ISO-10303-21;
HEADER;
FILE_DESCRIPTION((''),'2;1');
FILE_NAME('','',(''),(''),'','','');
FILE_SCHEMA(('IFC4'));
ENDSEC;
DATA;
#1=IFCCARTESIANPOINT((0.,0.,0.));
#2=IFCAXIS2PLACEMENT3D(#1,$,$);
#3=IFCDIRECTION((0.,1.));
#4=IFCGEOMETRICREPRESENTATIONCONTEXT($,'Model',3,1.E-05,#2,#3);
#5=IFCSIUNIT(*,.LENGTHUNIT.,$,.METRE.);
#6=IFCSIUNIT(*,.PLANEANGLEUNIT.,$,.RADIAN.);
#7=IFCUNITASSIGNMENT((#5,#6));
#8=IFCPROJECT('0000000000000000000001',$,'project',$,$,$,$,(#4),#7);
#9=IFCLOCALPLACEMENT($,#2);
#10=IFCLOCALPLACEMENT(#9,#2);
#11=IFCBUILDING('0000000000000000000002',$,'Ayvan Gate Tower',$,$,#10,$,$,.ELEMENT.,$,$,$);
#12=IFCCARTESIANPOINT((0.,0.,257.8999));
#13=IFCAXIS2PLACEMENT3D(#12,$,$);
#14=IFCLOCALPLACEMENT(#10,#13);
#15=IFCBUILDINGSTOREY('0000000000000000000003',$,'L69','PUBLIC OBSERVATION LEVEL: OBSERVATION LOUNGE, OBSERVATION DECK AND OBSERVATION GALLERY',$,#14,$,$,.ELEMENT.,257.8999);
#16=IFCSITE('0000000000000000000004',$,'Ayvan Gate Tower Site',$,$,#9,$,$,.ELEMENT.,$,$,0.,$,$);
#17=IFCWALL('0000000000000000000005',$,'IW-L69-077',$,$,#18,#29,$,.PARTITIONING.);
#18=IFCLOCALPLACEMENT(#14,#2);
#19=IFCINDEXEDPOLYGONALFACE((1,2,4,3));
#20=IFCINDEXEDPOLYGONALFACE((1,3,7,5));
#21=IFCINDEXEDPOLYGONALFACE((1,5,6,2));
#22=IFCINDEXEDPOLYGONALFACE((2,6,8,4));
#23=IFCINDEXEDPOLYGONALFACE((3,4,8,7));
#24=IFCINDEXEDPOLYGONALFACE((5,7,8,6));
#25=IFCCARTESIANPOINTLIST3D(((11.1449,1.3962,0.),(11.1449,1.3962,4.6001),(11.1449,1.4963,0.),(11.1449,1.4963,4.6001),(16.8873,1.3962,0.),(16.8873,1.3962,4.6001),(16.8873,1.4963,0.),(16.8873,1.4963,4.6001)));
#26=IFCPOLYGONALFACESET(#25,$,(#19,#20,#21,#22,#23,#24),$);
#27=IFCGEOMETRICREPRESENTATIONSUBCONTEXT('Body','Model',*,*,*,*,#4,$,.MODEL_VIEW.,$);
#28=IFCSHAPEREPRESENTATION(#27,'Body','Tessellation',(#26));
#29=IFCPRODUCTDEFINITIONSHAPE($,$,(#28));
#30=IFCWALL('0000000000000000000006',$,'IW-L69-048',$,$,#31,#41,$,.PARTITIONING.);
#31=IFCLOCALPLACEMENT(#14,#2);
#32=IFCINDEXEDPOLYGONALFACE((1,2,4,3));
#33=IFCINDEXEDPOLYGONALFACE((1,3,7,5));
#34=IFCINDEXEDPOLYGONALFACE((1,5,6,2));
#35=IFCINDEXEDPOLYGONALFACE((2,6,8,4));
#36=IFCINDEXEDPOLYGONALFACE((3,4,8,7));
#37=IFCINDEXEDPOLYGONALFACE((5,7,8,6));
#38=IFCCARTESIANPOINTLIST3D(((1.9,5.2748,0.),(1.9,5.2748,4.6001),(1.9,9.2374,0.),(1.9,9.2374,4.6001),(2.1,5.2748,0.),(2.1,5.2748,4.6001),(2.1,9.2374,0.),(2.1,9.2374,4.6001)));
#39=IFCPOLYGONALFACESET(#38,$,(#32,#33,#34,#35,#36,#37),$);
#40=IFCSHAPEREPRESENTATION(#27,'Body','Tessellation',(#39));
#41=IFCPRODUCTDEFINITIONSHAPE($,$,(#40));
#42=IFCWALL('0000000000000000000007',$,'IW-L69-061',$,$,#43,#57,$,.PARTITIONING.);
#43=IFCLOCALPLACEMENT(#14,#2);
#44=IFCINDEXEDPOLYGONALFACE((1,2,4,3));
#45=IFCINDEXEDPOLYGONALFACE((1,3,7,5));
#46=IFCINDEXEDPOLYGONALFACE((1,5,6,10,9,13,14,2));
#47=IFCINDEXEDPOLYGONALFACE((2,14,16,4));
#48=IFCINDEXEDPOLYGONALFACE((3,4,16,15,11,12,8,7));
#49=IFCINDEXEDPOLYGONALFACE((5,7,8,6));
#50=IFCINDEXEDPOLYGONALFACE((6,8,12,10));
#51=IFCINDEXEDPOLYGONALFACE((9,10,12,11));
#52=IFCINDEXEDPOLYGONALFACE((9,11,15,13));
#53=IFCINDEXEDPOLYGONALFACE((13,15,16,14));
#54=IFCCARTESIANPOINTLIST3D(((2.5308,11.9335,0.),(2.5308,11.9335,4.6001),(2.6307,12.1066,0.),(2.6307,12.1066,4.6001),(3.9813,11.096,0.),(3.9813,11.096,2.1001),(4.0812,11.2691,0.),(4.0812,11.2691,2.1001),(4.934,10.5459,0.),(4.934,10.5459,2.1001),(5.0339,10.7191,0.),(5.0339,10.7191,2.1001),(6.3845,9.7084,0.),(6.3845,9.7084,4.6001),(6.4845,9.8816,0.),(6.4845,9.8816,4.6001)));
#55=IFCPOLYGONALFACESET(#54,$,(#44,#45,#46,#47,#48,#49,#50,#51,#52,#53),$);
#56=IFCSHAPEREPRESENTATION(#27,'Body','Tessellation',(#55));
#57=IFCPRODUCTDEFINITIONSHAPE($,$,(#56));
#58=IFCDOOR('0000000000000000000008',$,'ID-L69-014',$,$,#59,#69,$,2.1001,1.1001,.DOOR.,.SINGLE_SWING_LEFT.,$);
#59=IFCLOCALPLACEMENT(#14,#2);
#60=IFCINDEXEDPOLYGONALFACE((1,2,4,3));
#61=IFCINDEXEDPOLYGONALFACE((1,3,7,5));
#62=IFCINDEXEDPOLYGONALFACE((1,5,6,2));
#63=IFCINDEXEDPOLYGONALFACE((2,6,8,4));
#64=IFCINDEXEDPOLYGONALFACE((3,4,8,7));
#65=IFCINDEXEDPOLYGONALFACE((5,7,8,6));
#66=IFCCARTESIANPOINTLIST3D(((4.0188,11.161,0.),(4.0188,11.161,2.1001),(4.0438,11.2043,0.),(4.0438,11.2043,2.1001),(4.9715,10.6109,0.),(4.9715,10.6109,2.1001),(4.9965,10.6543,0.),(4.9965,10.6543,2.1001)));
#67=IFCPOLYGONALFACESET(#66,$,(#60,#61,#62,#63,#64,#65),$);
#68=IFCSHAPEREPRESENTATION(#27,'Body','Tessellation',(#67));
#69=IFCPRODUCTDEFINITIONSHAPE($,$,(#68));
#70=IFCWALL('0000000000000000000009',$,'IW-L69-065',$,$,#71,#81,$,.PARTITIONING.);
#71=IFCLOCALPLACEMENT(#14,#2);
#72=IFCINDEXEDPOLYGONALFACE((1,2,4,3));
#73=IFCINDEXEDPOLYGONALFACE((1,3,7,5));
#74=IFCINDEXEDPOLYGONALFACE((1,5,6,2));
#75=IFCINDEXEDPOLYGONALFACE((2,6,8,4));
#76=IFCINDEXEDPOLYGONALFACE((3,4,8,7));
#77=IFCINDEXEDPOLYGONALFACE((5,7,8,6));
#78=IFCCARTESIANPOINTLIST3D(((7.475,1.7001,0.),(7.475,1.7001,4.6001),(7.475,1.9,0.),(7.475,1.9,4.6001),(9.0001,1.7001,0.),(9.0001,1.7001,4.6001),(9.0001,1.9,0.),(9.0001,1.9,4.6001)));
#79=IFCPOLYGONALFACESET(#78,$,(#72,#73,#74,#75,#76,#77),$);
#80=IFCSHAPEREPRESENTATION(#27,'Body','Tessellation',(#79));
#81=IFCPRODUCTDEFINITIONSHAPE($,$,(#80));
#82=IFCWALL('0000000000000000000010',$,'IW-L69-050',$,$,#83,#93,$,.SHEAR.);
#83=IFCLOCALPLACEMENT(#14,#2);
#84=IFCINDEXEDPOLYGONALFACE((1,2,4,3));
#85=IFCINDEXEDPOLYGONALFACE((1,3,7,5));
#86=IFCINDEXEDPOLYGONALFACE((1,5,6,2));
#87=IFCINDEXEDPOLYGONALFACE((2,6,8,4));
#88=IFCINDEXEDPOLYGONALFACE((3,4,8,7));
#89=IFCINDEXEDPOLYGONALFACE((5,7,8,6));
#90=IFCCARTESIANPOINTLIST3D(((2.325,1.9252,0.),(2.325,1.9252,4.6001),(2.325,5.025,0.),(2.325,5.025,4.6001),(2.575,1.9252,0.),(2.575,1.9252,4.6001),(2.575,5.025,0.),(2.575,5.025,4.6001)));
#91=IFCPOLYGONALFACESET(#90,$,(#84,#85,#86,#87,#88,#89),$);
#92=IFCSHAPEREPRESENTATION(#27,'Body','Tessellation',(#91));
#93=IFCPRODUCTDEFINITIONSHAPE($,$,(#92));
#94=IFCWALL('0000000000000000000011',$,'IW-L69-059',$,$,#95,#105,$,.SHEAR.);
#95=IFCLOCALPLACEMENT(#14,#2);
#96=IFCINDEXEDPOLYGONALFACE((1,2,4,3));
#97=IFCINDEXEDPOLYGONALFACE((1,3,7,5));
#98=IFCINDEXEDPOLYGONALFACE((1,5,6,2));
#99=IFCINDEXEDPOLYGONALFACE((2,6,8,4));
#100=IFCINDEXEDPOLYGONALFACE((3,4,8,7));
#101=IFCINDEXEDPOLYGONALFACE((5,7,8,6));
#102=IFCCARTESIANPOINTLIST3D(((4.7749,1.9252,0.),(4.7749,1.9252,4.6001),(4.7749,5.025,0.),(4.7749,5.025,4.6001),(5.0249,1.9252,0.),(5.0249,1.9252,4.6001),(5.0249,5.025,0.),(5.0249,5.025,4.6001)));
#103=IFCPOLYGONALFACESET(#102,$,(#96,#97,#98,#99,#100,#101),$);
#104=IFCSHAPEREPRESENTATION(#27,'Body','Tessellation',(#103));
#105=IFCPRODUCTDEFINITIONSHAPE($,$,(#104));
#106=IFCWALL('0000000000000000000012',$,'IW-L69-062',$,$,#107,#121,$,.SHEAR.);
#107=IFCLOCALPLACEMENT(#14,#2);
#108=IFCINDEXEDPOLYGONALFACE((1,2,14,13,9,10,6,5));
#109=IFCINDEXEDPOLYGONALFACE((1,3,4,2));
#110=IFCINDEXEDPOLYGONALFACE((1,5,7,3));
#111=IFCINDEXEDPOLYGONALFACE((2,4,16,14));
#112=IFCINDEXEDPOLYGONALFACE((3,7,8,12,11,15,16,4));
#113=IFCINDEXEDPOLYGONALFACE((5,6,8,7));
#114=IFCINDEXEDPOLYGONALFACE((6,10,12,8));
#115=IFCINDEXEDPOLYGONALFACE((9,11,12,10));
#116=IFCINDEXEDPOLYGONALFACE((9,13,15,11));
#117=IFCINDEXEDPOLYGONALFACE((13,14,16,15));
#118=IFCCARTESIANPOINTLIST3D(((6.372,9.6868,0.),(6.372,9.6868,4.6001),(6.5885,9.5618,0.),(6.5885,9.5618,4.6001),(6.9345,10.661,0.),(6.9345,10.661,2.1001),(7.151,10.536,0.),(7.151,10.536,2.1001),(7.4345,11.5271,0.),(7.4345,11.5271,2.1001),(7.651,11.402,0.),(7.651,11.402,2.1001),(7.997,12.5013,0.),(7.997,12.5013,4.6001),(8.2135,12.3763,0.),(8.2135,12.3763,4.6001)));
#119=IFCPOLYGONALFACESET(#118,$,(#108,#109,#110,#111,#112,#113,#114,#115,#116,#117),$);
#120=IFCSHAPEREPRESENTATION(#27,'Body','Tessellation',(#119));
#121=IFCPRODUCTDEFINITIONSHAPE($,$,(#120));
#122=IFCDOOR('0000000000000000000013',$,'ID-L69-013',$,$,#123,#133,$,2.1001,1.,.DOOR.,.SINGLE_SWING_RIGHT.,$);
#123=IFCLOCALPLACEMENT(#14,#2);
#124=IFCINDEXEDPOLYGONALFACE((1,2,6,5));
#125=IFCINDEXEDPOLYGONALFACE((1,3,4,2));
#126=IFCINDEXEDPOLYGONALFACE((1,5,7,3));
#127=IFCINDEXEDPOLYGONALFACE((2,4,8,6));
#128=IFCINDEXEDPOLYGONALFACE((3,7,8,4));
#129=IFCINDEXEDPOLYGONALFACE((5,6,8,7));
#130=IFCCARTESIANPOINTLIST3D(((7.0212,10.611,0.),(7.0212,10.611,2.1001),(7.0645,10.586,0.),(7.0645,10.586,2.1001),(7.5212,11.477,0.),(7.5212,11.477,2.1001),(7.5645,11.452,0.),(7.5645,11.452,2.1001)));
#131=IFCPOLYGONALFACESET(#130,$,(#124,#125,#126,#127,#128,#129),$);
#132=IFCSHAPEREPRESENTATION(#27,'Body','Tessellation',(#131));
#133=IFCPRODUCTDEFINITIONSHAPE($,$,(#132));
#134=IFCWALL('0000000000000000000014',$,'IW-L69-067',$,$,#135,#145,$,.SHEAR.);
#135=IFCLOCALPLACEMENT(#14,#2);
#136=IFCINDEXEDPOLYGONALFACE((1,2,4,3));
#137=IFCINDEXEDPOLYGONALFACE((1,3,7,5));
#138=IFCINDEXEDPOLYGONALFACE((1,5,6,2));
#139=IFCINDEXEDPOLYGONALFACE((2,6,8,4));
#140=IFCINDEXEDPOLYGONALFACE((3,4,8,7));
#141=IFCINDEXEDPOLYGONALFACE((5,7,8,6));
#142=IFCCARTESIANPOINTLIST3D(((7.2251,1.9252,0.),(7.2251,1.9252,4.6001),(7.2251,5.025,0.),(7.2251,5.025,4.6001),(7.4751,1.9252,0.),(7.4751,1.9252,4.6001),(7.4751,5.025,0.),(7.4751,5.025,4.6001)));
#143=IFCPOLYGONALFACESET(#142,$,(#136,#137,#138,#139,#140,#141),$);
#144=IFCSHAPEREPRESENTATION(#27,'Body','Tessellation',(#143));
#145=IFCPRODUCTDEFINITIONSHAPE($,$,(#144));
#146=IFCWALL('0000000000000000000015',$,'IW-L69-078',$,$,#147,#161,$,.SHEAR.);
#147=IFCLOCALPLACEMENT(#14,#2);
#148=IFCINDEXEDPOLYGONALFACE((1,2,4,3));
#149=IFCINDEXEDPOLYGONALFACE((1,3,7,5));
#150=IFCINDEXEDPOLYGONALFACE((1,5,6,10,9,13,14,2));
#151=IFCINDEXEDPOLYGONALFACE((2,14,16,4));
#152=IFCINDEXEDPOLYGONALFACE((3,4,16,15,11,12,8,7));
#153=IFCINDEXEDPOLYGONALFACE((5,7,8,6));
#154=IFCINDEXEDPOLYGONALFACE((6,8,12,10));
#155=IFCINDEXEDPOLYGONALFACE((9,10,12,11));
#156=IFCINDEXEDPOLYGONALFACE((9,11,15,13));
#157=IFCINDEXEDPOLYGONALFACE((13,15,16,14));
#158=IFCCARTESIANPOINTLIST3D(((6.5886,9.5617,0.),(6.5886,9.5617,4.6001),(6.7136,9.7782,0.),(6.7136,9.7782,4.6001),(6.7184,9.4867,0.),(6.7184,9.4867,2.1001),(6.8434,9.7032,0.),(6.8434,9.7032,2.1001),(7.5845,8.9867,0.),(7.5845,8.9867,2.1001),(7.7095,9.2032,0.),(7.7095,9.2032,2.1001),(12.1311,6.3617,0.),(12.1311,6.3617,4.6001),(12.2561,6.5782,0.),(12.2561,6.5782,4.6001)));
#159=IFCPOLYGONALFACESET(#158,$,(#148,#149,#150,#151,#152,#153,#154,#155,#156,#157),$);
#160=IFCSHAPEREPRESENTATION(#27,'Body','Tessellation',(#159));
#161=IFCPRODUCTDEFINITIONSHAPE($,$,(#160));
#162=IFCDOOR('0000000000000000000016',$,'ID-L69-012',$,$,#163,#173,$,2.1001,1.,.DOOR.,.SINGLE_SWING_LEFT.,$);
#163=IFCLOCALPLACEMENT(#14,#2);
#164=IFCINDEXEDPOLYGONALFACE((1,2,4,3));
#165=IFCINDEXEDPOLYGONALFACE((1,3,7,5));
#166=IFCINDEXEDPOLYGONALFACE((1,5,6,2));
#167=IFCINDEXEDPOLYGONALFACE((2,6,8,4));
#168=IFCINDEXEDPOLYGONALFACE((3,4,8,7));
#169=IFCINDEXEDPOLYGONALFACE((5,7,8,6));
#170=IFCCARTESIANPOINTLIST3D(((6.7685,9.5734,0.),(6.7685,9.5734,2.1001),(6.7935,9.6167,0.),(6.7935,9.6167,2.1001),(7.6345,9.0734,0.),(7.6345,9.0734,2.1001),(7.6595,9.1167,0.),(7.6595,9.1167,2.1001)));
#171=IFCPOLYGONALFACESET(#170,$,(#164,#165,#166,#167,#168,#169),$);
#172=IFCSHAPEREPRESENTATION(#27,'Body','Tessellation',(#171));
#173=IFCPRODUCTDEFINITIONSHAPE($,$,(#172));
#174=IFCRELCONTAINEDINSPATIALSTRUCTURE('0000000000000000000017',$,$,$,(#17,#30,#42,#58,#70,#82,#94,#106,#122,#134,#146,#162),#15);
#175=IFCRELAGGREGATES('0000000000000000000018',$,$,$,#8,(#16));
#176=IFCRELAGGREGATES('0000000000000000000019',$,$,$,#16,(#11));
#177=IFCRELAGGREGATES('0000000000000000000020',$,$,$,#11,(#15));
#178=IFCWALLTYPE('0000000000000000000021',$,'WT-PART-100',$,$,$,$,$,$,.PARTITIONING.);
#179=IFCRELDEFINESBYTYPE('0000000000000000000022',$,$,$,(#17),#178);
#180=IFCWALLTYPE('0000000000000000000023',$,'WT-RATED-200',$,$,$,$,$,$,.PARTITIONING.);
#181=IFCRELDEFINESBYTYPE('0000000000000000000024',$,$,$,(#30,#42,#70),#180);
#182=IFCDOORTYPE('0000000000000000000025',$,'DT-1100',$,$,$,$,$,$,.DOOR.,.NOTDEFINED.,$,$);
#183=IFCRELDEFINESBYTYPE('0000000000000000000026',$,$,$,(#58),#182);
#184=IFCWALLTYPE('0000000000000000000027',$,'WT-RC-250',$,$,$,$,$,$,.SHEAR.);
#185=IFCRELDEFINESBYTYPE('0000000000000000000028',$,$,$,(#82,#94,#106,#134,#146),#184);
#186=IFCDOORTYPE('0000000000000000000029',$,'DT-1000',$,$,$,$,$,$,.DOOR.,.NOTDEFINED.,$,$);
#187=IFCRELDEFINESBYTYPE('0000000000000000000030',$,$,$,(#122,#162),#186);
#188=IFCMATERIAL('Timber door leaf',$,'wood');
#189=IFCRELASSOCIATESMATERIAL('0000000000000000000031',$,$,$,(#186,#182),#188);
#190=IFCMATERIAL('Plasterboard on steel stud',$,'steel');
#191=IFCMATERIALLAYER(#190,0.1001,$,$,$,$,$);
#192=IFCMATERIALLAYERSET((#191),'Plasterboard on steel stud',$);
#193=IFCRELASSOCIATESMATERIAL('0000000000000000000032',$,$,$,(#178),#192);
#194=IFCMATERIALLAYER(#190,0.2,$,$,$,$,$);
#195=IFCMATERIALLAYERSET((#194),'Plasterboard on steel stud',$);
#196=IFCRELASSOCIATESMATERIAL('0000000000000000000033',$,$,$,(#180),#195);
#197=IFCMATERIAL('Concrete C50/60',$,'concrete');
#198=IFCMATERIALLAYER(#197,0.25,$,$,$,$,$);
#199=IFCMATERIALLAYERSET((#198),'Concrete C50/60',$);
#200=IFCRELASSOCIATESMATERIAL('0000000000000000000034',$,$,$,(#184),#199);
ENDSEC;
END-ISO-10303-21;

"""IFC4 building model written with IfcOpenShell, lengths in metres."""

from ifc_helpers import new_model, si_unit, direction, frame, frame_2d, origin, place, context, subcontext, project, spatial, rectangle, extrude, material, layer, layer_set, type_object, element, fill, save


model = new_model("IFC4")

# Units and contexts
model_context = context("Model", 3, precision=1e-05, world=origin(), true_north=direction((0.0, 1.0)))
body_context = subcontext(model_context, "Body", "Model", "MODEL_VIEW")
ifc_project = project(units=[si_unit("LENGTHUNIT", "METRE"), si_unit("PLANEANGLEUNIT", "RADIAN")], contexts=[model_context])

# Site, building, storey
site_placement = place(None, origin())
site = spatial("IfcSite", under=ifc_project, at=site_placement, Name="Ayvan Gate Tower Site", CompositionType="ELEMENT", RefElevation=0.0)
building_placement = place(site_placement, origin())
building = spatial("IfcBuilding", under=site, at=building_placement, Name="Ayvan Gate Tower", CompositionType="ELEMENT")
storey_placement = place(building_placement, frame((0.0, 0.0, 257.8999)))
storey = spatial("IfcBuildingStorey", under=building, at=storey_placement, Name="L69", Description="PUBLIC OBSERVATION LEVEL: OBSERVATION LOUNGE, OBSERVATION DECK AND OBSERVATION GALLERY", CompositionType="ELEMENT", Elevation=257.8999)

# Shared definitions
ifc_material_1 = material(Name="Concrete C50/60", Category="concrete")

# Shared definitions
ifc_material_2 = material(Name="Timber door leaf", Category="wood")

# Shared definitions
ifc_material_3 = material(Name="Plasterboard on steel stud", Category="steel")
door_type_1 = type_object("IfcDoorType", Name="DT-1000", OperationType="NOTDEFINED", PredefinedType="DOOR", material=ifc_material_2)

# Walls
ifc_layer_1 = layer(ifc_material_3, 0.1001)
ifc_layer_set_1 = layer_set([ifc_layer_1], Name="Plasterboard on steel stud")
wall_type_1 = type_object("IfcWallType", Name="WT-PART-100", PredefinedType="PARTITIONING", material=ifc_layer_set_1)
wall_1_placement = place(storey_placement, frame((11.145, 1.4463, 0.0), z_axis=(0.0, 0.0, 1.0), x_axis=(1.0, 0.0, 0.0)))
element("IfcWall", 1, at=wall_1_placement, inside=storey, type_object=wall_type_1, Name="IW-L69-077", PredefinedType="PARTITIONING", context=body_context, shape_type="SweptSolid", body=[
    extrude(rectangle(XDim=5.7424, YDim=0.1001, at=frame_2d((2.8711, 0.0))), origin(), (0.0, 0.0, 1.0), 4.6001),
])
ifc_layer_2 = layer(ifc_material_3, 0.2)
ifc_layer_set_2 = layer_set([ifc_layer_2], Name="Plasterboard on steel stud")
wall_type_2 = type_object("IfcWallType", Name="WT-RATED-200", PredefinedType="PARTITIONING", material=ifc_layer_set_2)
wall_2_placement = place(storey_placement, frame((2.0, 9.2375, 0.0), z_axis=(0.0, 0.0, 1.0), x_axis=(0.0, -1.0, 0.0)))
element("IfcWall", 2, at=wall_2_placement, inside=storey, type_object=wall_type_2, Name="IW-L69-048", PredefinedType="PARTITIONING", context=body_context, shape_type="SweptSolid", body=[
    extrude(rectangle(XDim=3.9626, YDim=0.2, at=frame_2d((1.9814, 0.0))), origin(), (0.0, 0.0, 1.0), 4.6001),
])

# Wall, opening, door
wall_3_placement = place(storey_placement, frame((6.4346, 9.7949, 0.0), z_axis=(0.0, 0.0, 1.0), x_axis=(-0.866013, 0.500022, 0.0)))
wall_3 = element("IfcWall", 3, at=wall_3_placement, inside=storey, type_object=wall_type_2, Name="IW-L69-061", PredefinedType="PARTITIONING", context=body_context, shape_type="SweptSolid", body=[
    extrude(rectangle(XDim=4.45, YDim=0.2, at=frame_2d((2.2251, 0.0))), origin(), (0.0, 0.0, 1.0), 4.6001),
])
opening_1_placement = place(wall_3_placement, frame((1.675, 0.0, 0.0)))
opening_1 = element("IfcOpeningElement", 4, at=opening_1_placement, cuts=wall_3, PredefinedType="OPENING", context=body_context, shape_type="SweptSolid", body=[
    extrude(rectangle(XDim=1.1001, YDim=2.1001, at=frame_2d((0.55, 1.05))), frame((0.0, 0.1099, 0.0), z_axis=(0.0, -1.0, 0.0), x_axis=(1.0, 0.0, 0.0)), (0.0, 0.0, 1.0), 0.22),
])
door_type_2 = type_object("IfcDoorType", Name="DT-1100", OperationType="NOTDEFINED", PredefinedType="DOOR", material=ifc_material_2)
door_1_placement = place(opening_1_placement, origin())
door_1 = element("IfcDoor", 5, at=door_1_placement, inside=storey, type_object=door_type_2, Name="ID-L69-014", OperationType="SINGLE_SWING_LEFT", OverallHeight=2.1001, OverallWidth=1.1001, PredefinedType="DOOR", context=body_context, shape_type="SweptSolid", body=[
    extrude(rectangle(XDim=1.1001, YDim=2.1001, at=frame_2d((0.55, 1.05))), frame((0.0, 0.0249, 0.0), z_axis=(0.0, -1.0, 0.0), x_axis=(1.0, 0.0, 0.0)), (0.0, 0.0, 1.0), 0.05),
])
fill(opening_1, door_1)

# Walls
wall_4_placement = place(storey_placement, frame((7.4749, 1.8, 0.0), z_axis=(0.0, 0.0, 1.0), x_axis=(1.0, 0.0, 0.0)))
element("IfcWall", 6, at=wall_4_placement, inside=storey, type_object=wall_type_2, Name="IW-L69-065", PredefinedType="PARTITIONING", context=body_context, shape_type="SweptSolid", body=[
    extrude(rectangle(XDim=1.5251, YDim=0.2, at=frame_2d((0.7627, 0.0))), origin(), (0.0, 0.0, 1.0), 4.6001),
])
ifc_layer_3 = layer(ifc_material_1, 0.25)
ifc_layer_set_3 = layer_set([ifc_layer_3], Name="Concrete C50/60")
wall_type_3 = type_object("IfcWallType", Name="WT-RC-250", PredefinedType="SHEAR", material=ifc_layer_set_3)
for number, where, z_axis, x_axis, name in (
    (7, (2.45, 5.0249, 0.0), (0.0, 0.0, 1.0), (0.0, -1.0, 0.0), "IW-L69-050"),
    (8, (4.8999, 5.0249, 0.0), (0.0, 0.0, 1.0), (0.0, -1.0, 0.0), "IW-L69-059"),
):
    element("IfcWall", number, at=place(storey_placement, frame(where, z_axis=z_axis, x_axis=x_axis)), inside=storey, type_object=wall_type_3, Name=name, PredefinedType="SHEAR", context=body_context, shape_type="SweptSolid", body=[
        extrude(rectangle(XDim=3.0999, YDim=0.25, at=frame_2d((1.5498, 0.0))), origin(), (0.0, 0.0, 1.0), 4.6001),
    ])

# Wall, opening, door
wall_5_placement = place(storey_placement, frame((6.4802, 9.6243, 0.0), z_axis=(0.0, 0.0, 1.0), x_axis=(0.500017, 0.866015, 0.0)))
wall_5 = element("IfcWall", 9, at=wall_5_placement, inside=storey, type_object=wall_type_3, Name="IW-L69-062", PredefinedType="SHEAR", context=body_context, shape_type="SweptSolid", body=[
    extrude(rectangle(XDim=3.25, YDim=0.25, at=frame_2d((1.625, 0.0))), origin(), (0.0, 0.0, 1.0), 4.6001),
])
opening_2_placement = place(wall_5_placement, frame((1.125, 0.0, 0.0)))
opening_2 = element("IfcOpeningElement", 10, at=opening_2_placement, cuts=wall_5, PredefinedType="OPENING", context=body_context, shape_type="SweptSolid", body=[
    extrude(rectangle(XDim=1.0, YDim=2.1001, at=frame_2d((0.5, 1.05))), frame((0.0, 0.135, 0.0), z_axis=(0.0, -1.0, 0.0), x_axis=(1.0, 0.0, 0.0)), (0.0, 0.0, 1.0), 0.27),
])
door_2_placement = place(opening_2_placement, origin())
door_2 = element("IfcDoor", 11, at=door_2_placement, inside=storey, type_object=door_type_1, Name="ID-L69-013", OperationType="SINGLE_SWING_RIGHT", OverallHeight=2.1001, OverallWidth=1.0, PredefinedType="DOOR", context=body_context, shape_type="SweptSolid", body=[
    extrude(rectangle(XDim=1.0, YDim=2.1001, at=frame_2d((0.5, 1.05))), frame((0.0, 0.0249, 0.0), z_axis=(0.0, -1.0, 0.0), x_axis=(1.0, 0.0, 0.0)), (0.0, 0.0, 1.0), 0.05),
])
fill(opening_2, door_2)

# Wall
wall_6_placement = place(storey_placement, frame((7.3501, 5.0249, 0.0), z_axis=(0.0, 0.0, 1.0), x_axis=(0.0, -1.0, 0.0)))
element("IfcWall", 12, at=wall_6_placement, inside=storey, type_object=wall_type_3, Name="IW-L69-067", PredefinedType="SHEAR", context=body_context, shape_type="SweptSolid", body=[
    extrude(rectangle(XDim=3.0999, YDim=0.25, at=frame_2d((1.5498, 0.0))), origin(), (0.0, 0.0, 1.0), 4.6001),
])

# Wall, opening, door
wall_7_placement = place(storey_placement, frame((12.1936, 6.47, 0.0), z_axis=(0.0, 0.0, 1.0), x_axis=(-0.866025, 0.5, 0.0)))
wall_7 = element("IfcWall", 13, at=wall_7_placement, inside=storey, type_object=wall_type_3, Name="IW-L69-078", PredefinedType="SHEAR", context=body_context, shape_type="SweptSolid", body=[
    extrude(rectangle(XDim=6.3999, YDim=0.25, at=frame_2d((3.2, 0.0))), origin(), (0.0, 0.0, 1.0), 4.6001),
])
opening_3_placement = place(wall_7_placement, frame((5.25, 0.0, 0.0)))
opening_3 = element("IfcOpeningElement", 14, at=opening_3_placement, cuts=wall_7, PredefinedType="OPENING", context=body_context, shape_type="SweptSolid", body=[
    extrude(rectangle(XDim=1.0, YDim=2.1001, at=frame_2d((0.5, 1.05))), frame((0.0, 0.135, 0.0), z_axis=(0.0, -1.0, 0.0), x_axis=(1.0, 0.0, 0.0)), (0.0, 0.0, 1.0), 0.27),
])
door_3_placement = place(opening_3_placement, origin())
door_3 = element("IfcDoor", 15, at=door_3_placement, inside=storey, type_object=door_type_1, Name="ID-L69-012", OperationType="SINGLE_SWING_LEFT", OverallHeight=2.1001, OverallWidth=1.0, PredefinedType="DOOR", context=body_context, shape_type="SweptSolid", body=[
    extrude(rectangle(XDim=1.0, YDim=2.1001, at=frame_2d((0.5, 1.05))), frame((0.0, 0.0249, 0.0), z_axis=(0.0, -1.0, 0.0), x_axis=(1.0, 0.0, 0.0)), (0.0, 0.0, 1.0), 0.05),
])
fill(opening_3, door_3)

save(model, "model.ifc")
